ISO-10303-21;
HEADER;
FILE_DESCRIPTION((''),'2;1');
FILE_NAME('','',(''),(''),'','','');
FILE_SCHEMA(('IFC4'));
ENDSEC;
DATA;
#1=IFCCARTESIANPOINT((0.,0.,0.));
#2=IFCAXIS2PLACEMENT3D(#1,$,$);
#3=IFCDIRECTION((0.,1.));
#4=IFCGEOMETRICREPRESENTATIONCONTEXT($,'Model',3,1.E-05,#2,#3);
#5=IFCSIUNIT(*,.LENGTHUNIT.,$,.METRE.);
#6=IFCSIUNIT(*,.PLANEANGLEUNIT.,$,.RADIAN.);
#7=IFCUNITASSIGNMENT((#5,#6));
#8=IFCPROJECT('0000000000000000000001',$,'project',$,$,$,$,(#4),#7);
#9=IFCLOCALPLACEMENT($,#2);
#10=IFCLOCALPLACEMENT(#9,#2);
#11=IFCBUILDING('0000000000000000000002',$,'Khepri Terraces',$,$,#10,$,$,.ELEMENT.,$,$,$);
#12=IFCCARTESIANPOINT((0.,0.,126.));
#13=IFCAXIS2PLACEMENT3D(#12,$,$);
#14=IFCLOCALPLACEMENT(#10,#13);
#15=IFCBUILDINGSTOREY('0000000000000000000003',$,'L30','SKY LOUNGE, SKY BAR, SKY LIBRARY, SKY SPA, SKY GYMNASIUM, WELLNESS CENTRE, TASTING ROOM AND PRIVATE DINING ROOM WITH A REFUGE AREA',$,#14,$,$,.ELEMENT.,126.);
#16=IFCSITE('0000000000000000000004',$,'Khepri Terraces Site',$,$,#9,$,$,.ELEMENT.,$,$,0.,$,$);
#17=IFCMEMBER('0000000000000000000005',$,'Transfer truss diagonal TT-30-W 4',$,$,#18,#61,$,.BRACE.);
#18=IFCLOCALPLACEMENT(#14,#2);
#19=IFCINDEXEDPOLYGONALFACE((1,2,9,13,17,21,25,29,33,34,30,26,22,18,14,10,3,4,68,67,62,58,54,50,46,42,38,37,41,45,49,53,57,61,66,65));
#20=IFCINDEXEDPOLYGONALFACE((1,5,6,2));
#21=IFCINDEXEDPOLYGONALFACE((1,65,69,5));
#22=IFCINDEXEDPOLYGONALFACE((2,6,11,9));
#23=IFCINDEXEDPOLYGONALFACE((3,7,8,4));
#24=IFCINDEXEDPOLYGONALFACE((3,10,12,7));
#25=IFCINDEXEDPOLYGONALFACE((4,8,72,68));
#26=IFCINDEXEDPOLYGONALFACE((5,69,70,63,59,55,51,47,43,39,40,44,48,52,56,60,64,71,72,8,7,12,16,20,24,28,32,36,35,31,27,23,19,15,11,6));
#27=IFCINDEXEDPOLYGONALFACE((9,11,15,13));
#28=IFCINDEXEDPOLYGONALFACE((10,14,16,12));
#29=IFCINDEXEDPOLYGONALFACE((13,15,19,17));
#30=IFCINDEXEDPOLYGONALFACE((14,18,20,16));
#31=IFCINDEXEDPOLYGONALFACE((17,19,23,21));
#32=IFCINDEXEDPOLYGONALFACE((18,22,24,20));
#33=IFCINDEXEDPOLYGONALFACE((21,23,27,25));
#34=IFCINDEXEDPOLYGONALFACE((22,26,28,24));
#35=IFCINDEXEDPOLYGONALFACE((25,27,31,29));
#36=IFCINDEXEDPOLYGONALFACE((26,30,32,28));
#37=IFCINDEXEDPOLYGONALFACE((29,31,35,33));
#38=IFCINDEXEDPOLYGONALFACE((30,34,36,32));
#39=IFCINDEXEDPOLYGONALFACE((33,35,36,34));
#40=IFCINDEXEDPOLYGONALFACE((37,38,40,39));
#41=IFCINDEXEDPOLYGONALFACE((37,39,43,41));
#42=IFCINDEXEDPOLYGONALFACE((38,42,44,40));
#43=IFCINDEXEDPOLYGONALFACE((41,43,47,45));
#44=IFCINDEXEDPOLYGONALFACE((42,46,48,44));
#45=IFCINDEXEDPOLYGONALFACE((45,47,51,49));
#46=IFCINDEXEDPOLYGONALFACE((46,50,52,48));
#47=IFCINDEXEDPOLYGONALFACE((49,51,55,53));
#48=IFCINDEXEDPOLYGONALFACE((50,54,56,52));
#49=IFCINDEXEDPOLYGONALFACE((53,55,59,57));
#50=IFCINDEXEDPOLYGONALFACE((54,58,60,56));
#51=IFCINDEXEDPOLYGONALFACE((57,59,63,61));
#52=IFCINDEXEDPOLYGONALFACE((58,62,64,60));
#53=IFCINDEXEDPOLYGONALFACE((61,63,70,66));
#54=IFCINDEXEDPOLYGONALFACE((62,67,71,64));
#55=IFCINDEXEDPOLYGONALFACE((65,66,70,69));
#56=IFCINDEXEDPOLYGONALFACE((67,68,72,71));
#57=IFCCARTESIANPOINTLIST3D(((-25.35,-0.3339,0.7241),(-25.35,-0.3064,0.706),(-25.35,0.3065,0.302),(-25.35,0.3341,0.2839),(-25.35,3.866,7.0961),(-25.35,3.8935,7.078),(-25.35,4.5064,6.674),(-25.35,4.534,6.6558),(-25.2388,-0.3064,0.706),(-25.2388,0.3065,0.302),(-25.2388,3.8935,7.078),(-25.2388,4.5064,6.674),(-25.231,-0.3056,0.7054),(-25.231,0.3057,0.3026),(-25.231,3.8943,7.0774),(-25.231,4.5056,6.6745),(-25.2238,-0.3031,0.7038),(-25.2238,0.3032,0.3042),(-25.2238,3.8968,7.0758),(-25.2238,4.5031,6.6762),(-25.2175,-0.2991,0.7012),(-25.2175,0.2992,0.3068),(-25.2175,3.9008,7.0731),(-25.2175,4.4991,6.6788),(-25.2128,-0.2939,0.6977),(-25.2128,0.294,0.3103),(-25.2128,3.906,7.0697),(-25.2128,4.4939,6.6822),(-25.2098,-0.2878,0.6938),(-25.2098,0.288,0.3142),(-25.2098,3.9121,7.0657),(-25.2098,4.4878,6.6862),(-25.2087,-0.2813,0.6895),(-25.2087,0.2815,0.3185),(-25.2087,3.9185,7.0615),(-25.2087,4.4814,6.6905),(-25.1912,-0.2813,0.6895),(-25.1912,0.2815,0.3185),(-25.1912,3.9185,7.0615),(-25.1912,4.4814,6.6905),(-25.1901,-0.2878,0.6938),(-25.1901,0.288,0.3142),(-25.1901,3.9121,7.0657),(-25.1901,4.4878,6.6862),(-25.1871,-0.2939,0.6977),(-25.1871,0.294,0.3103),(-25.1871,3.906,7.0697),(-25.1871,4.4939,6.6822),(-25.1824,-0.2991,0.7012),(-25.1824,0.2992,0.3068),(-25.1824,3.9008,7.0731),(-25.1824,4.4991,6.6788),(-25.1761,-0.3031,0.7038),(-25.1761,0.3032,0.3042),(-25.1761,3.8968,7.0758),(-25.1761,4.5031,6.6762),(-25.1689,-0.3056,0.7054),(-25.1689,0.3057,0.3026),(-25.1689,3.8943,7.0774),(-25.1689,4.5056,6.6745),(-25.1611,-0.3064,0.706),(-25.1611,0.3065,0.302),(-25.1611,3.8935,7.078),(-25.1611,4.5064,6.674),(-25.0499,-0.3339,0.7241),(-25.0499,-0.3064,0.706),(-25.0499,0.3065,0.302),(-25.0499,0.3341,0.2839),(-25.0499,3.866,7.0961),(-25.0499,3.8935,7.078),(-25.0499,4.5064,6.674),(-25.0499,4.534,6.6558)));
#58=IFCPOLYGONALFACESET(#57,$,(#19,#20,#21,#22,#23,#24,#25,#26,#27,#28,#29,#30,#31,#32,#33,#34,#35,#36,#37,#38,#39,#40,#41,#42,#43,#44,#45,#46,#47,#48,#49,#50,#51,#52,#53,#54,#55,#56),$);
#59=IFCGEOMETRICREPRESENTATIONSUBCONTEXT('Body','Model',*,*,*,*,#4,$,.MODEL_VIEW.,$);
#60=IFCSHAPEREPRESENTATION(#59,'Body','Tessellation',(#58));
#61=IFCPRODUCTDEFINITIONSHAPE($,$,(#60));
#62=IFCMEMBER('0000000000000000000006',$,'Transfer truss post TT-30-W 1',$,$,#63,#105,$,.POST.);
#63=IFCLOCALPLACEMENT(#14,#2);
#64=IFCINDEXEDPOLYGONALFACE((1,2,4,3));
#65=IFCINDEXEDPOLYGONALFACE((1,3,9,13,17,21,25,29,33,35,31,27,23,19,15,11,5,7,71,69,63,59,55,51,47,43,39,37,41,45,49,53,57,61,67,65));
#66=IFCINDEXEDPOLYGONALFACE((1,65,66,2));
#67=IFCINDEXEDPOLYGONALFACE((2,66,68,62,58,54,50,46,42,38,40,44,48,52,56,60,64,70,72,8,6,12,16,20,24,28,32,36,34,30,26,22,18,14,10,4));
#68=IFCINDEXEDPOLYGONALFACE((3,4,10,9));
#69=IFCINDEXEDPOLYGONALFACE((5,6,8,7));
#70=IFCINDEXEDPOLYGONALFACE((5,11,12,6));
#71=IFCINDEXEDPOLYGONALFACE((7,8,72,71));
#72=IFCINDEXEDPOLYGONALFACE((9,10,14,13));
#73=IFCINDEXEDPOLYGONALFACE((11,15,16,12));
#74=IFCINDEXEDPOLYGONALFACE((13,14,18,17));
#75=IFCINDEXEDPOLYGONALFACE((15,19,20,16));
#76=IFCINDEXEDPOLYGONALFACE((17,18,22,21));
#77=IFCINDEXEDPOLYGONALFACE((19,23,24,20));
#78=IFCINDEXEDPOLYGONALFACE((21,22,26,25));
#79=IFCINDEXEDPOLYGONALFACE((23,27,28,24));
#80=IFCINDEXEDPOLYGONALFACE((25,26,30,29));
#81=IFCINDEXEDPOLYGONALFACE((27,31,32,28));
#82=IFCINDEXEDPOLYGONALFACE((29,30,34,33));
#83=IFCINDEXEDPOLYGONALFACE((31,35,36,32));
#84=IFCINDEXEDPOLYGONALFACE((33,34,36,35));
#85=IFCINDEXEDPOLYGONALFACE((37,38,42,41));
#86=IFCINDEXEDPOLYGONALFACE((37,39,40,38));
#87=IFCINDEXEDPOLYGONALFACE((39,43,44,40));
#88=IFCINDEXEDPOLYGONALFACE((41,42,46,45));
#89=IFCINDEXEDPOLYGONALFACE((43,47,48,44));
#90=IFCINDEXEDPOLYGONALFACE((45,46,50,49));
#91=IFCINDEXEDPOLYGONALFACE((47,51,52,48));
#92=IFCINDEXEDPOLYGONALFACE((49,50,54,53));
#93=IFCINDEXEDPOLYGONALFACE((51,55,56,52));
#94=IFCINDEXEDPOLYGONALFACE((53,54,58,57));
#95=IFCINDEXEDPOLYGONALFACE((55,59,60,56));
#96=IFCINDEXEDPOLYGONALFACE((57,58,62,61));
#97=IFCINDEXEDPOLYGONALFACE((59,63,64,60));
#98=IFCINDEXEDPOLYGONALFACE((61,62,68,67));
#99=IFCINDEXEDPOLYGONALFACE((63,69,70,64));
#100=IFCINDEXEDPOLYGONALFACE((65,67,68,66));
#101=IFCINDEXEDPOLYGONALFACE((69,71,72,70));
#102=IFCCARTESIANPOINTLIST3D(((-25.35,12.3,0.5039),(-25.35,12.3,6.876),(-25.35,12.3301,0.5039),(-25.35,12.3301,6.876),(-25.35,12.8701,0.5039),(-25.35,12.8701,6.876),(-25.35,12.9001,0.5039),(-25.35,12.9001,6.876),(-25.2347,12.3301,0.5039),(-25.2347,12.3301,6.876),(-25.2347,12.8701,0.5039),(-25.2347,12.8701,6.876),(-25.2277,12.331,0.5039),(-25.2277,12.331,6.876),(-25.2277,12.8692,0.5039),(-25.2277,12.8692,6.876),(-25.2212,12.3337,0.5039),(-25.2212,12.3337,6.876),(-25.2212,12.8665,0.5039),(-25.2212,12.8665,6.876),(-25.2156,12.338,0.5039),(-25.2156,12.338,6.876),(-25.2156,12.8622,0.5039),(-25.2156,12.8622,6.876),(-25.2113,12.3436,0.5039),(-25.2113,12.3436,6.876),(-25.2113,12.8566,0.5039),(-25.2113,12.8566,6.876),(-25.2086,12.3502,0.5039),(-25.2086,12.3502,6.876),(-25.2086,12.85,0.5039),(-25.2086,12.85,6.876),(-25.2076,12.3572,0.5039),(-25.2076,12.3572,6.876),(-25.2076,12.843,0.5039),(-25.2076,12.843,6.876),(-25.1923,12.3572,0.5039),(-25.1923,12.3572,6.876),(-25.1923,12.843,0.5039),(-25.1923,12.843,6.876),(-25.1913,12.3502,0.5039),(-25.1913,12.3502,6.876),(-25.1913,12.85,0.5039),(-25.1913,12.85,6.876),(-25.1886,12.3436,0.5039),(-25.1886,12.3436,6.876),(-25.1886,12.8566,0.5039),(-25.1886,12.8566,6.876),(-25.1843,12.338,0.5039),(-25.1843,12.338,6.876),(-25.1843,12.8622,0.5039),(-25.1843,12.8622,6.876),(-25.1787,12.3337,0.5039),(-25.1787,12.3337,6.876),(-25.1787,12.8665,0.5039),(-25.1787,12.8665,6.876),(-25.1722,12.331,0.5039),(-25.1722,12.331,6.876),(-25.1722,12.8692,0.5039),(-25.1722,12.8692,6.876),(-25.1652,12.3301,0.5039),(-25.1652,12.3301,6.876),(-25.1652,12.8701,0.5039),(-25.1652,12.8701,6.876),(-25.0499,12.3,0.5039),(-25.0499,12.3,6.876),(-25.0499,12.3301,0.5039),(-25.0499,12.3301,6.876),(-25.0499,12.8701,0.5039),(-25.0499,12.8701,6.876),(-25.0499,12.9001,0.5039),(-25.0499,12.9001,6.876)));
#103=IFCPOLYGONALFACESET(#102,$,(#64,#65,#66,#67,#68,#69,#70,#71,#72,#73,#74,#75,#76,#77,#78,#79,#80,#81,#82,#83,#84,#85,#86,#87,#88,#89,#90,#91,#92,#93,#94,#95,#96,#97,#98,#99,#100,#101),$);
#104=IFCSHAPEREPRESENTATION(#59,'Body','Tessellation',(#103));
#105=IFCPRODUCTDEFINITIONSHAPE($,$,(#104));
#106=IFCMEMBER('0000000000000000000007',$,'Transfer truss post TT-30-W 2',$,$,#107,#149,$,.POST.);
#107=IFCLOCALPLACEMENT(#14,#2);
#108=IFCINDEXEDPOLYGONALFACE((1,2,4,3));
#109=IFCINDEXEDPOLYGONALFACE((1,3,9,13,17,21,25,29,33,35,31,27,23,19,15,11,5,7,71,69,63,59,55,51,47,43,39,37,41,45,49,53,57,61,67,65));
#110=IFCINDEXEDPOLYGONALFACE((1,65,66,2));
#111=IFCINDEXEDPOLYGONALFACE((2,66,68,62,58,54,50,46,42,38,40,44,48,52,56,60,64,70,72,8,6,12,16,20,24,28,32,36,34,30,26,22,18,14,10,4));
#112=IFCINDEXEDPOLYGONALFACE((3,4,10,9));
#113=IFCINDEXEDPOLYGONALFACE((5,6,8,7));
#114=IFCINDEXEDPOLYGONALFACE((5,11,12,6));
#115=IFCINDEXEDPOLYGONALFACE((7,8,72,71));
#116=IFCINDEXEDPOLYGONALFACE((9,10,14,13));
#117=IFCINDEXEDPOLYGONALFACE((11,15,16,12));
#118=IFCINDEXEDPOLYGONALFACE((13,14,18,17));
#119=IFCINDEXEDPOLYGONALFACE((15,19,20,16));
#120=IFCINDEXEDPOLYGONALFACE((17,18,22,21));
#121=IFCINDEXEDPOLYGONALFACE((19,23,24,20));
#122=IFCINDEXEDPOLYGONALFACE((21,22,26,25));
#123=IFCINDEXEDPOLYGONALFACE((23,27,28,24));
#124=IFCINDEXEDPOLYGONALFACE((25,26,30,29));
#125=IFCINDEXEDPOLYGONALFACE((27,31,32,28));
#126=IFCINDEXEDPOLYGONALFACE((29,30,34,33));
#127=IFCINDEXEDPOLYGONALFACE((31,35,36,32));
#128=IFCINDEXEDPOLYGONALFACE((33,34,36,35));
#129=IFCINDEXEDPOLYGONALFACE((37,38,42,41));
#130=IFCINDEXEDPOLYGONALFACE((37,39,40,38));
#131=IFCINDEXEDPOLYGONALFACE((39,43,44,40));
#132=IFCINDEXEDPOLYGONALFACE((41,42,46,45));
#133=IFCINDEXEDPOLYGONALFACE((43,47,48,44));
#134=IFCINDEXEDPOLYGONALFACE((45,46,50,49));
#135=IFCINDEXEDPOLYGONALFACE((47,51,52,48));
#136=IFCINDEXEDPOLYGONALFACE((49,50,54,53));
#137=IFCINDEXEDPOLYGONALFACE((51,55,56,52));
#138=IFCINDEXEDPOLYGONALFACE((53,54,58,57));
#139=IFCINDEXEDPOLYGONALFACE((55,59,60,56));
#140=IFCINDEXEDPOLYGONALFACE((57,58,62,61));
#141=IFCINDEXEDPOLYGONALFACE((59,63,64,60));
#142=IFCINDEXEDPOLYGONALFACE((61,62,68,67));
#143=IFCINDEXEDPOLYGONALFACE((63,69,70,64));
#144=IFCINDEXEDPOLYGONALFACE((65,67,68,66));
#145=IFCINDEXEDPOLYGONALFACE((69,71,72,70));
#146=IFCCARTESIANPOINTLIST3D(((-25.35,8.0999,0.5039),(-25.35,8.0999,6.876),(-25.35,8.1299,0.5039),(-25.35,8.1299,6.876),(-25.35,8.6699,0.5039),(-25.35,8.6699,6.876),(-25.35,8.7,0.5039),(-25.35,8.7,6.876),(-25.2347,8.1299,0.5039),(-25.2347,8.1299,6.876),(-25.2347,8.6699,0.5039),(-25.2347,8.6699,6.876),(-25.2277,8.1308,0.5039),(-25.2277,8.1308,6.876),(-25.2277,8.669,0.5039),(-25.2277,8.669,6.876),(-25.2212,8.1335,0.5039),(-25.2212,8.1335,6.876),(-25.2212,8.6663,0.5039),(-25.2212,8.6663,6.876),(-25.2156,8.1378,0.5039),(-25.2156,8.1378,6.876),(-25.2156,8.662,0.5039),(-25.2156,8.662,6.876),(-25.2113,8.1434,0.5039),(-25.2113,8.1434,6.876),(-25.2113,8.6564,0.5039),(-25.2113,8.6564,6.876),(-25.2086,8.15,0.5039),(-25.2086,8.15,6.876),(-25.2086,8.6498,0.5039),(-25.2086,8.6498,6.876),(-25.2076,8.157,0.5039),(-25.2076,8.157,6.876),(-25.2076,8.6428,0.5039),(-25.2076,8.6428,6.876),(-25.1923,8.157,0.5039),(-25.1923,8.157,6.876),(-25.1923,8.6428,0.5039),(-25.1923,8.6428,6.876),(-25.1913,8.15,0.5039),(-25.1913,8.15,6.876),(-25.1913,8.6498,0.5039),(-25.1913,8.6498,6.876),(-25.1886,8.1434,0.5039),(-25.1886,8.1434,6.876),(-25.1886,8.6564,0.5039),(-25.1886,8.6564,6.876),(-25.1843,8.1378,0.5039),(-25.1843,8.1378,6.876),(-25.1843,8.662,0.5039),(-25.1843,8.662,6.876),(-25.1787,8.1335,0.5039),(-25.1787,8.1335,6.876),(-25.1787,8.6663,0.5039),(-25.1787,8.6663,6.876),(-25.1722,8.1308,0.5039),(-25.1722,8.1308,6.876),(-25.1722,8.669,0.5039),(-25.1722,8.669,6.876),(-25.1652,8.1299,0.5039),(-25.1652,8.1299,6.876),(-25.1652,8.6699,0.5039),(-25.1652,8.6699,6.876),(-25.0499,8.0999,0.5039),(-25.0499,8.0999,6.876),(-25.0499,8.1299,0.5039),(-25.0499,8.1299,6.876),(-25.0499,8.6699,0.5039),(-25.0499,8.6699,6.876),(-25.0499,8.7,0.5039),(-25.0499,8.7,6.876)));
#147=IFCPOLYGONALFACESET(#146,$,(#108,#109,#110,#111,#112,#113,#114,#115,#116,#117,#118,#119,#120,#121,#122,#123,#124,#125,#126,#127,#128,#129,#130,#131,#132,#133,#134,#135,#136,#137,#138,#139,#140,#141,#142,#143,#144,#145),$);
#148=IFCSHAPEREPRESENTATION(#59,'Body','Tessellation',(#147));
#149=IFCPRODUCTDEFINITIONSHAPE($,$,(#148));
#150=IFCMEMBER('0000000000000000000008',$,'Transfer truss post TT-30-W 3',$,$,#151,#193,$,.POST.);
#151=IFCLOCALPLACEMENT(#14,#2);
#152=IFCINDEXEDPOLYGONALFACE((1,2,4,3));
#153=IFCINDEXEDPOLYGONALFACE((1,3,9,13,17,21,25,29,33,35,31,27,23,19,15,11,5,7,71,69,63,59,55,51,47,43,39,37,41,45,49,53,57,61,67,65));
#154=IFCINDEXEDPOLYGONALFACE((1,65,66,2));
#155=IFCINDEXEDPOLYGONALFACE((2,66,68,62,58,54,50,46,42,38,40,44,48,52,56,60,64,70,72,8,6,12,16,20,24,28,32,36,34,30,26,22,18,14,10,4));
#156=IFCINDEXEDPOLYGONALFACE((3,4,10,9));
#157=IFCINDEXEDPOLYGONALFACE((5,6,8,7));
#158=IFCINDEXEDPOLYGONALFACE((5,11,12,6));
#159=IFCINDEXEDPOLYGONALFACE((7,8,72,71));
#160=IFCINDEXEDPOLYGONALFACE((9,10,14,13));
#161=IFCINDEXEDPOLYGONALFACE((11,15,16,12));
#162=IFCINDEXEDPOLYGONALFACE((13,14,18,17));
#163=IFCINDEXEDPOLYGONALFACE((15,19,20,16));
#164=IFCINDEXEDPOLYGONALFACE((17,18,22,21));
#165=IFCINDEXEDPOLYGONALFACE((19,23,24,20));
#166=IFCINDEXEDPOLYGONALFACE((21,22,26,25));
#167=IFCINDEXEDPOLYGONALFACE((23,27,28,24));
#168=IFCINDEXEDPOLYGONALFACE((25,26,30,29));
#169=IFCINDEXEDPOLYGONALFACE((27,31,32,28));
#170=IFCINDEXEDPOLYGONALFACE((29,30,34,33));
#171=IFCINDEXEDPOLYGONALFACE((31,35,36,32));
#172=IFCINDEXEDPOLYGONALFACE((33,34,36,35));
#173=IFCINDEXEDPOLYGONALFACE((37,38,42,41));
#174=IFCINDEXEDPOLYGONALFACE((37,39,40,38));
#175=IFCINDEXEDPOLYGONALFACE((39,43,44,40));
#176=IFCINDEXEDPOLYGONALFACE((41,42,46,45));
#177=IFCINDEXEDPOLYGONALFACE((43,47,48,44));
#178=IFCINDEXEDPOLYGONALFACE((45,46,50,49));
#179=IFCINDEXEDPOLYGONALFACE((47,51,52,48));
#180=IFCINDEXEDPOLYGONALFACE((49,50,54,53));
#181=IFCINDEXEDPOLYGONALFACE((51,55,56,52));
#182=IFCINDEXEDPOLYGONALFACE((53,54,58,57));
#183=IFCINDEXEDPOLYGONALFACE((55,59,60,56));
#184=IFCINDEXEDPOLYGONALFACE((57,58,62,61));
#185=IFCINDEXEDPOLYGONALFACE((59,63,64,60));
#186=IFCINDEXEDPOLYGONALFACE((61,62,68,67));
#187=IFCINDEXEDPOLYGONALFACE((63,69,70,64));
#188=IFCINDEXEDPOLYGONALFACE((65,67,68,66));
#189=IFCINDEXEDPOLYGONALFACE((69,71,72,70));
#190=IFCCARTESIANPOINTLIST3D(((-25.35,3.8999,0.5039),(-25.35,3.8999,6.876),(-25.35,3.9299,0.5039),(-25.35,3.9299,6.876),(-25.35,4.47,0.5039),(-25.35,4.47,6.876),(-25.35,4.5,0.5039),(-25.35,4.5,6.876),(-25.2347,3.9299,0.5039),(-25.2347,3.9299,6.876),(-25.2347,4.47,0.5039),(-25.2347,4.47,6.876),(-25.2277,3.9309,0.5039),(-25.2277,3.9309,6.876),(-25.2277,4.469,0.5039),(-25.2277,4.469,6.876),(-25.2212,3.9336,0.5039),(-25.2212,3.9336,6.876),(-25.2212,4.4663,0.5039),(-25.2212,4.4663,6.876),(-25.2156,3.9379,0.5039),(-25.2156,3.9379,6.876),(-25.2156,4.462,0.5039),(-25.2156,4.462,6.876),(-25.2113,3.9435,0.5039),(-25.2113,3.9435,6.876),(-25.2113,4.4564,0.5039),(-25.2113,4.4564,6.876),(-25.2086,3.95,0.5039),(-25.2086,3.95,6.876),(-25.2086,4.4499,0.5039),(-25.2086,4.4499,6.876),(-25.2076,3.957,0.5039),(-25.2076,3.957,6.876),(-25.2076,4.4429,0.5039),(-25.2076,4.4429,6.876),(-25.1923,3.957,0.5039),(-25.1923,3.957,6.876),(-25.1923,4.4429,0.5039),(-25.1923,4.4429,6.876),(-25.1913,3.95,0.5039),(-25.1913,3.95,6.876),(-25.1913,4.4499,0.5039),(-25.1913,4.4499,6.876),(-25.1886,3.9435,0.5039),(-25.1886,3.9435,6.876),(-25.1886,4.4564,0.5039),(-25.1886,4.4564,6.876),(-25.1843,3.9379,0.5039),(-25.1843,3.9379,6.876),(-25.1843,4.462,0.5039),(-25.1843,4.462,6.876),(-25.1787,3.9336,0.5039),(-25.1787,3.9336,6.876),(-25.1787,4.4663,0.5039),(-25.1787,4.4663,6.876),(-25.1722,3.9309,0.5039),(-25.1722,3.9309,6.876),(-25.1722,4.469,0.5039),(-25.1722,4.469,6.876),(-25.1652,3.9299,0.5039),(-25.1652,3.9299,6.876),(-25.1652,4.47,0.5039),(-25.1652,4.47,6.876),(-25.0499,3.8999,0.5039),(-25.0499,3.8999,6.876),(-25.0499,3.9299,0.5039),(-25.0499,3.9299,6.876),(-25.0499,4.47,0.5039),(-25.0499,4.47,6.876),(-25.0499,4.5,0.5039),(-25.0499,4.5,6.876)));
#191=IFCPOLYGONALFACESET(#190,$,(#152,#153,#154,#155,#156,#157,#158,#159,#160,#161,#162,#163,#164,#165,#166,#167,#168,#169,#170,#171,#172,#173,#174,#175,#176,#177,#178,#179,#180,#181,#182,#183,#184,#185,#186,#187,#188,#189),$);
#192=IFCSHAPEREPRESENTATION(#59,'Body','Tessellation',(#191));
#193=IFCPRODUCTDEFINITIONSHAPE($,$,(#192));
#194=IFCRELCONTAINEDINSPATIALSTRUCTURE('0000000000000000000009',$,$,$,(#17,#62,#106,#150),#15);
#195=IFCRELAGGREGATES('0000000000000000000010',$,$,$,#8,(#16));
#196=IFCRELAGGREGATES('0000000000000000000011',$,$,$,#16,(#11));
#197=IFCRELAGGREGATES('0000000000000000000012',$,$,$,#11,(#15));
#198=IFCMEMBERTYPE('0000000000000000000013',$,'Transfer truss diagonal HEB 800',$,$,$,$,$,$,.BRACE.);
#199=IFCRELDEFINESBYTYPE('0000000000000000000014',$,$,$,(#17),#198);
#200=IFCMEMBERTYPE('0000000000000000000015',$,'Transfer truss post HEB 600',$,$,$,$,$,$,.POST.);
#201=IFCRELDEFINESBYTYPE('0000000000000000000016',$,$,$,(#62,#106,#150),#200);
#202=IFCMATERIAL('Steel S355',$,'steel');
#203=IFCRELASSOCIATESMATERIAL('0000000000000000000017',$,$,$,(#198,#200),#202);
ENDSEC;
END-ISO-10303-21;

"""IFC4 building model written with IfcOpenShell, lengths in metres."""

from ifc_helpers import new_model, si_unit, direction, frame, origin, origin_2d, place, context, subcontext, project, spatial, i_section, extrude, material, material_profile, profile_set, type_object, element, save


model = new_model("IFC4")

# Units and contexts
model_context = context("Model", 3, precision=1e-05, world=origin(), true_north=direction((0.0, 1.0)))
body_context = subcontext(model_context, "Body", "Model", "MODEL_VIEW")
ifc_project = project(units=[si_unit("LENGTHUNIT", "METRE"), si_unit("PLANEANGLEUNIT", "RADIAN")], contexts=[model_context])

# Site, building, storey
site_placement = place(None, origin())
site = spatial("IfcSite", under=ifc_project, at=site_placement, Name="Khepri Terraces Site", CompositionType="ELEMENT", RefElevation=0.0)
building_placement = place(site_placement, origin())
building = spatial("IfcBuilding", under=site, at=building_placement, Name="Khepri Terraces", CompositionType="ELEMENT")
storey_placement = place(building_placement, frame((0.0, 0.0, 126.0)))
storey = spatial("IfcBuildingStorey", under=building, at=storey_placement, Name="L30", Description="SKY LOUNGE, SKY BAR, SKY LIBRARY, SKY SPA, SKY GYMNASIUM, WELLNESS CENTRE, TASTING ROOM AND PRIVATE DINING ROOM WITH A REFUGE AREA", CompositionType="ELEMENT", Elevation=126.0)

# Members
ifc_material_1 = material(Name="Steel S355", Category="steel")
ifc_material_profile_1 = material_profile(ifc_material_1, i_section(OverallWidth=0.3, OverallDepth=0.8, WebThickness=0.0176, FlangeThickness=0.033, FilletRadius=0.03, at=origin_2d()), Name="Steel S355", Category="steel")
ifc_profile_set_1 = profile_set([ifc_material_profile_1], Name="Steel S355")
member_type_1 = type_object("IfcMemberType", Name="Transfer truss diagonal HEB 800", PredefinedType="BRACE", material=ifc_profile_set_1)
for number, where, z_axis, x_axis, name in (
    (1, (-25.2, 4.2, 6.876), (0.0, -0.55033, -0.834948), (1.0, 0.0, 0.0), "Transfer truss diagonal TT-30-W 4"),
):
    element("IfcMember", number, at=place(storey_placement, frame(where, z_axis=z_axis, x_axis=x_axis)), inside=storey, type_object=member_type_1, Name=name, PredefinedType="BRACE", context=body_context, shape_type="SweptSolid", body=[
        extrude(i_section(OverallWidth=0.3, OverallDepth=0.8, WebThickness=0.0176, FlangeThickness=0.033, FilletRadius=0.03, at=origin_2d()), origin(), (0.0, 0.0, 1.0), 7.6316),
    ])
ifc_material_profile_2 = material_profile(ifc_material_1, i_section(OverallWidth=0.3, OverallDepth=0.6001, WebThickness=0.0154, FlangeThickness=0.03, FilletRadius=0.0271, at=origin_2d()), Name="Steel S355", Category="steel")
ifc_profile_set_2 = profile_set([ifc_material_profile_2], Name="Steel S355")
member_type_2 = type_object("IfcMemberType", Name="Transfer truss post HEB 600", PredefinedType="POST", material=ifc_profile_set_2)
for number, where, z_axis, x_axis, name in (
    (2, (-25.2, 12.6001, 0.5039), (0.0, 0.0, 1.0), (1.0, 0.0, 0.0), "Transfer truss post TT-30-W 1"),
    (3, (-25.2, 8.3999, 0.5039), (0.0, 0.0, 1.0), (1.0, 0.0, 0.0), "Transfer truss post TT-30-W 2"),
    (4, (-25.2, 4.2, 0.5039), (0.0, 0.0, 1.0), (1.0, 0.0, 0.0), "Transfer truss post TT-30-W 3"),
):
    element("IfcMember", number, at=place(storey_placement, frame(where, z_axis=z_axis, x_axis=x_axis)), inside=storey, type_object=member_type_2, Name=name, PredefinedType="POST", context=body_context, shape_type="SweptSolid", body=[
        extrude(i_section(OverallWidth=0.3, OverallDepth=0.6001, WebThickness=0.0154, FlangeThickness=0.03, FilletRadius=0.0271, at=origin_2d()), origin(), (0.0, 0.0, 1.0), 6.3721),
    ])

save(model, "model.ifc")
